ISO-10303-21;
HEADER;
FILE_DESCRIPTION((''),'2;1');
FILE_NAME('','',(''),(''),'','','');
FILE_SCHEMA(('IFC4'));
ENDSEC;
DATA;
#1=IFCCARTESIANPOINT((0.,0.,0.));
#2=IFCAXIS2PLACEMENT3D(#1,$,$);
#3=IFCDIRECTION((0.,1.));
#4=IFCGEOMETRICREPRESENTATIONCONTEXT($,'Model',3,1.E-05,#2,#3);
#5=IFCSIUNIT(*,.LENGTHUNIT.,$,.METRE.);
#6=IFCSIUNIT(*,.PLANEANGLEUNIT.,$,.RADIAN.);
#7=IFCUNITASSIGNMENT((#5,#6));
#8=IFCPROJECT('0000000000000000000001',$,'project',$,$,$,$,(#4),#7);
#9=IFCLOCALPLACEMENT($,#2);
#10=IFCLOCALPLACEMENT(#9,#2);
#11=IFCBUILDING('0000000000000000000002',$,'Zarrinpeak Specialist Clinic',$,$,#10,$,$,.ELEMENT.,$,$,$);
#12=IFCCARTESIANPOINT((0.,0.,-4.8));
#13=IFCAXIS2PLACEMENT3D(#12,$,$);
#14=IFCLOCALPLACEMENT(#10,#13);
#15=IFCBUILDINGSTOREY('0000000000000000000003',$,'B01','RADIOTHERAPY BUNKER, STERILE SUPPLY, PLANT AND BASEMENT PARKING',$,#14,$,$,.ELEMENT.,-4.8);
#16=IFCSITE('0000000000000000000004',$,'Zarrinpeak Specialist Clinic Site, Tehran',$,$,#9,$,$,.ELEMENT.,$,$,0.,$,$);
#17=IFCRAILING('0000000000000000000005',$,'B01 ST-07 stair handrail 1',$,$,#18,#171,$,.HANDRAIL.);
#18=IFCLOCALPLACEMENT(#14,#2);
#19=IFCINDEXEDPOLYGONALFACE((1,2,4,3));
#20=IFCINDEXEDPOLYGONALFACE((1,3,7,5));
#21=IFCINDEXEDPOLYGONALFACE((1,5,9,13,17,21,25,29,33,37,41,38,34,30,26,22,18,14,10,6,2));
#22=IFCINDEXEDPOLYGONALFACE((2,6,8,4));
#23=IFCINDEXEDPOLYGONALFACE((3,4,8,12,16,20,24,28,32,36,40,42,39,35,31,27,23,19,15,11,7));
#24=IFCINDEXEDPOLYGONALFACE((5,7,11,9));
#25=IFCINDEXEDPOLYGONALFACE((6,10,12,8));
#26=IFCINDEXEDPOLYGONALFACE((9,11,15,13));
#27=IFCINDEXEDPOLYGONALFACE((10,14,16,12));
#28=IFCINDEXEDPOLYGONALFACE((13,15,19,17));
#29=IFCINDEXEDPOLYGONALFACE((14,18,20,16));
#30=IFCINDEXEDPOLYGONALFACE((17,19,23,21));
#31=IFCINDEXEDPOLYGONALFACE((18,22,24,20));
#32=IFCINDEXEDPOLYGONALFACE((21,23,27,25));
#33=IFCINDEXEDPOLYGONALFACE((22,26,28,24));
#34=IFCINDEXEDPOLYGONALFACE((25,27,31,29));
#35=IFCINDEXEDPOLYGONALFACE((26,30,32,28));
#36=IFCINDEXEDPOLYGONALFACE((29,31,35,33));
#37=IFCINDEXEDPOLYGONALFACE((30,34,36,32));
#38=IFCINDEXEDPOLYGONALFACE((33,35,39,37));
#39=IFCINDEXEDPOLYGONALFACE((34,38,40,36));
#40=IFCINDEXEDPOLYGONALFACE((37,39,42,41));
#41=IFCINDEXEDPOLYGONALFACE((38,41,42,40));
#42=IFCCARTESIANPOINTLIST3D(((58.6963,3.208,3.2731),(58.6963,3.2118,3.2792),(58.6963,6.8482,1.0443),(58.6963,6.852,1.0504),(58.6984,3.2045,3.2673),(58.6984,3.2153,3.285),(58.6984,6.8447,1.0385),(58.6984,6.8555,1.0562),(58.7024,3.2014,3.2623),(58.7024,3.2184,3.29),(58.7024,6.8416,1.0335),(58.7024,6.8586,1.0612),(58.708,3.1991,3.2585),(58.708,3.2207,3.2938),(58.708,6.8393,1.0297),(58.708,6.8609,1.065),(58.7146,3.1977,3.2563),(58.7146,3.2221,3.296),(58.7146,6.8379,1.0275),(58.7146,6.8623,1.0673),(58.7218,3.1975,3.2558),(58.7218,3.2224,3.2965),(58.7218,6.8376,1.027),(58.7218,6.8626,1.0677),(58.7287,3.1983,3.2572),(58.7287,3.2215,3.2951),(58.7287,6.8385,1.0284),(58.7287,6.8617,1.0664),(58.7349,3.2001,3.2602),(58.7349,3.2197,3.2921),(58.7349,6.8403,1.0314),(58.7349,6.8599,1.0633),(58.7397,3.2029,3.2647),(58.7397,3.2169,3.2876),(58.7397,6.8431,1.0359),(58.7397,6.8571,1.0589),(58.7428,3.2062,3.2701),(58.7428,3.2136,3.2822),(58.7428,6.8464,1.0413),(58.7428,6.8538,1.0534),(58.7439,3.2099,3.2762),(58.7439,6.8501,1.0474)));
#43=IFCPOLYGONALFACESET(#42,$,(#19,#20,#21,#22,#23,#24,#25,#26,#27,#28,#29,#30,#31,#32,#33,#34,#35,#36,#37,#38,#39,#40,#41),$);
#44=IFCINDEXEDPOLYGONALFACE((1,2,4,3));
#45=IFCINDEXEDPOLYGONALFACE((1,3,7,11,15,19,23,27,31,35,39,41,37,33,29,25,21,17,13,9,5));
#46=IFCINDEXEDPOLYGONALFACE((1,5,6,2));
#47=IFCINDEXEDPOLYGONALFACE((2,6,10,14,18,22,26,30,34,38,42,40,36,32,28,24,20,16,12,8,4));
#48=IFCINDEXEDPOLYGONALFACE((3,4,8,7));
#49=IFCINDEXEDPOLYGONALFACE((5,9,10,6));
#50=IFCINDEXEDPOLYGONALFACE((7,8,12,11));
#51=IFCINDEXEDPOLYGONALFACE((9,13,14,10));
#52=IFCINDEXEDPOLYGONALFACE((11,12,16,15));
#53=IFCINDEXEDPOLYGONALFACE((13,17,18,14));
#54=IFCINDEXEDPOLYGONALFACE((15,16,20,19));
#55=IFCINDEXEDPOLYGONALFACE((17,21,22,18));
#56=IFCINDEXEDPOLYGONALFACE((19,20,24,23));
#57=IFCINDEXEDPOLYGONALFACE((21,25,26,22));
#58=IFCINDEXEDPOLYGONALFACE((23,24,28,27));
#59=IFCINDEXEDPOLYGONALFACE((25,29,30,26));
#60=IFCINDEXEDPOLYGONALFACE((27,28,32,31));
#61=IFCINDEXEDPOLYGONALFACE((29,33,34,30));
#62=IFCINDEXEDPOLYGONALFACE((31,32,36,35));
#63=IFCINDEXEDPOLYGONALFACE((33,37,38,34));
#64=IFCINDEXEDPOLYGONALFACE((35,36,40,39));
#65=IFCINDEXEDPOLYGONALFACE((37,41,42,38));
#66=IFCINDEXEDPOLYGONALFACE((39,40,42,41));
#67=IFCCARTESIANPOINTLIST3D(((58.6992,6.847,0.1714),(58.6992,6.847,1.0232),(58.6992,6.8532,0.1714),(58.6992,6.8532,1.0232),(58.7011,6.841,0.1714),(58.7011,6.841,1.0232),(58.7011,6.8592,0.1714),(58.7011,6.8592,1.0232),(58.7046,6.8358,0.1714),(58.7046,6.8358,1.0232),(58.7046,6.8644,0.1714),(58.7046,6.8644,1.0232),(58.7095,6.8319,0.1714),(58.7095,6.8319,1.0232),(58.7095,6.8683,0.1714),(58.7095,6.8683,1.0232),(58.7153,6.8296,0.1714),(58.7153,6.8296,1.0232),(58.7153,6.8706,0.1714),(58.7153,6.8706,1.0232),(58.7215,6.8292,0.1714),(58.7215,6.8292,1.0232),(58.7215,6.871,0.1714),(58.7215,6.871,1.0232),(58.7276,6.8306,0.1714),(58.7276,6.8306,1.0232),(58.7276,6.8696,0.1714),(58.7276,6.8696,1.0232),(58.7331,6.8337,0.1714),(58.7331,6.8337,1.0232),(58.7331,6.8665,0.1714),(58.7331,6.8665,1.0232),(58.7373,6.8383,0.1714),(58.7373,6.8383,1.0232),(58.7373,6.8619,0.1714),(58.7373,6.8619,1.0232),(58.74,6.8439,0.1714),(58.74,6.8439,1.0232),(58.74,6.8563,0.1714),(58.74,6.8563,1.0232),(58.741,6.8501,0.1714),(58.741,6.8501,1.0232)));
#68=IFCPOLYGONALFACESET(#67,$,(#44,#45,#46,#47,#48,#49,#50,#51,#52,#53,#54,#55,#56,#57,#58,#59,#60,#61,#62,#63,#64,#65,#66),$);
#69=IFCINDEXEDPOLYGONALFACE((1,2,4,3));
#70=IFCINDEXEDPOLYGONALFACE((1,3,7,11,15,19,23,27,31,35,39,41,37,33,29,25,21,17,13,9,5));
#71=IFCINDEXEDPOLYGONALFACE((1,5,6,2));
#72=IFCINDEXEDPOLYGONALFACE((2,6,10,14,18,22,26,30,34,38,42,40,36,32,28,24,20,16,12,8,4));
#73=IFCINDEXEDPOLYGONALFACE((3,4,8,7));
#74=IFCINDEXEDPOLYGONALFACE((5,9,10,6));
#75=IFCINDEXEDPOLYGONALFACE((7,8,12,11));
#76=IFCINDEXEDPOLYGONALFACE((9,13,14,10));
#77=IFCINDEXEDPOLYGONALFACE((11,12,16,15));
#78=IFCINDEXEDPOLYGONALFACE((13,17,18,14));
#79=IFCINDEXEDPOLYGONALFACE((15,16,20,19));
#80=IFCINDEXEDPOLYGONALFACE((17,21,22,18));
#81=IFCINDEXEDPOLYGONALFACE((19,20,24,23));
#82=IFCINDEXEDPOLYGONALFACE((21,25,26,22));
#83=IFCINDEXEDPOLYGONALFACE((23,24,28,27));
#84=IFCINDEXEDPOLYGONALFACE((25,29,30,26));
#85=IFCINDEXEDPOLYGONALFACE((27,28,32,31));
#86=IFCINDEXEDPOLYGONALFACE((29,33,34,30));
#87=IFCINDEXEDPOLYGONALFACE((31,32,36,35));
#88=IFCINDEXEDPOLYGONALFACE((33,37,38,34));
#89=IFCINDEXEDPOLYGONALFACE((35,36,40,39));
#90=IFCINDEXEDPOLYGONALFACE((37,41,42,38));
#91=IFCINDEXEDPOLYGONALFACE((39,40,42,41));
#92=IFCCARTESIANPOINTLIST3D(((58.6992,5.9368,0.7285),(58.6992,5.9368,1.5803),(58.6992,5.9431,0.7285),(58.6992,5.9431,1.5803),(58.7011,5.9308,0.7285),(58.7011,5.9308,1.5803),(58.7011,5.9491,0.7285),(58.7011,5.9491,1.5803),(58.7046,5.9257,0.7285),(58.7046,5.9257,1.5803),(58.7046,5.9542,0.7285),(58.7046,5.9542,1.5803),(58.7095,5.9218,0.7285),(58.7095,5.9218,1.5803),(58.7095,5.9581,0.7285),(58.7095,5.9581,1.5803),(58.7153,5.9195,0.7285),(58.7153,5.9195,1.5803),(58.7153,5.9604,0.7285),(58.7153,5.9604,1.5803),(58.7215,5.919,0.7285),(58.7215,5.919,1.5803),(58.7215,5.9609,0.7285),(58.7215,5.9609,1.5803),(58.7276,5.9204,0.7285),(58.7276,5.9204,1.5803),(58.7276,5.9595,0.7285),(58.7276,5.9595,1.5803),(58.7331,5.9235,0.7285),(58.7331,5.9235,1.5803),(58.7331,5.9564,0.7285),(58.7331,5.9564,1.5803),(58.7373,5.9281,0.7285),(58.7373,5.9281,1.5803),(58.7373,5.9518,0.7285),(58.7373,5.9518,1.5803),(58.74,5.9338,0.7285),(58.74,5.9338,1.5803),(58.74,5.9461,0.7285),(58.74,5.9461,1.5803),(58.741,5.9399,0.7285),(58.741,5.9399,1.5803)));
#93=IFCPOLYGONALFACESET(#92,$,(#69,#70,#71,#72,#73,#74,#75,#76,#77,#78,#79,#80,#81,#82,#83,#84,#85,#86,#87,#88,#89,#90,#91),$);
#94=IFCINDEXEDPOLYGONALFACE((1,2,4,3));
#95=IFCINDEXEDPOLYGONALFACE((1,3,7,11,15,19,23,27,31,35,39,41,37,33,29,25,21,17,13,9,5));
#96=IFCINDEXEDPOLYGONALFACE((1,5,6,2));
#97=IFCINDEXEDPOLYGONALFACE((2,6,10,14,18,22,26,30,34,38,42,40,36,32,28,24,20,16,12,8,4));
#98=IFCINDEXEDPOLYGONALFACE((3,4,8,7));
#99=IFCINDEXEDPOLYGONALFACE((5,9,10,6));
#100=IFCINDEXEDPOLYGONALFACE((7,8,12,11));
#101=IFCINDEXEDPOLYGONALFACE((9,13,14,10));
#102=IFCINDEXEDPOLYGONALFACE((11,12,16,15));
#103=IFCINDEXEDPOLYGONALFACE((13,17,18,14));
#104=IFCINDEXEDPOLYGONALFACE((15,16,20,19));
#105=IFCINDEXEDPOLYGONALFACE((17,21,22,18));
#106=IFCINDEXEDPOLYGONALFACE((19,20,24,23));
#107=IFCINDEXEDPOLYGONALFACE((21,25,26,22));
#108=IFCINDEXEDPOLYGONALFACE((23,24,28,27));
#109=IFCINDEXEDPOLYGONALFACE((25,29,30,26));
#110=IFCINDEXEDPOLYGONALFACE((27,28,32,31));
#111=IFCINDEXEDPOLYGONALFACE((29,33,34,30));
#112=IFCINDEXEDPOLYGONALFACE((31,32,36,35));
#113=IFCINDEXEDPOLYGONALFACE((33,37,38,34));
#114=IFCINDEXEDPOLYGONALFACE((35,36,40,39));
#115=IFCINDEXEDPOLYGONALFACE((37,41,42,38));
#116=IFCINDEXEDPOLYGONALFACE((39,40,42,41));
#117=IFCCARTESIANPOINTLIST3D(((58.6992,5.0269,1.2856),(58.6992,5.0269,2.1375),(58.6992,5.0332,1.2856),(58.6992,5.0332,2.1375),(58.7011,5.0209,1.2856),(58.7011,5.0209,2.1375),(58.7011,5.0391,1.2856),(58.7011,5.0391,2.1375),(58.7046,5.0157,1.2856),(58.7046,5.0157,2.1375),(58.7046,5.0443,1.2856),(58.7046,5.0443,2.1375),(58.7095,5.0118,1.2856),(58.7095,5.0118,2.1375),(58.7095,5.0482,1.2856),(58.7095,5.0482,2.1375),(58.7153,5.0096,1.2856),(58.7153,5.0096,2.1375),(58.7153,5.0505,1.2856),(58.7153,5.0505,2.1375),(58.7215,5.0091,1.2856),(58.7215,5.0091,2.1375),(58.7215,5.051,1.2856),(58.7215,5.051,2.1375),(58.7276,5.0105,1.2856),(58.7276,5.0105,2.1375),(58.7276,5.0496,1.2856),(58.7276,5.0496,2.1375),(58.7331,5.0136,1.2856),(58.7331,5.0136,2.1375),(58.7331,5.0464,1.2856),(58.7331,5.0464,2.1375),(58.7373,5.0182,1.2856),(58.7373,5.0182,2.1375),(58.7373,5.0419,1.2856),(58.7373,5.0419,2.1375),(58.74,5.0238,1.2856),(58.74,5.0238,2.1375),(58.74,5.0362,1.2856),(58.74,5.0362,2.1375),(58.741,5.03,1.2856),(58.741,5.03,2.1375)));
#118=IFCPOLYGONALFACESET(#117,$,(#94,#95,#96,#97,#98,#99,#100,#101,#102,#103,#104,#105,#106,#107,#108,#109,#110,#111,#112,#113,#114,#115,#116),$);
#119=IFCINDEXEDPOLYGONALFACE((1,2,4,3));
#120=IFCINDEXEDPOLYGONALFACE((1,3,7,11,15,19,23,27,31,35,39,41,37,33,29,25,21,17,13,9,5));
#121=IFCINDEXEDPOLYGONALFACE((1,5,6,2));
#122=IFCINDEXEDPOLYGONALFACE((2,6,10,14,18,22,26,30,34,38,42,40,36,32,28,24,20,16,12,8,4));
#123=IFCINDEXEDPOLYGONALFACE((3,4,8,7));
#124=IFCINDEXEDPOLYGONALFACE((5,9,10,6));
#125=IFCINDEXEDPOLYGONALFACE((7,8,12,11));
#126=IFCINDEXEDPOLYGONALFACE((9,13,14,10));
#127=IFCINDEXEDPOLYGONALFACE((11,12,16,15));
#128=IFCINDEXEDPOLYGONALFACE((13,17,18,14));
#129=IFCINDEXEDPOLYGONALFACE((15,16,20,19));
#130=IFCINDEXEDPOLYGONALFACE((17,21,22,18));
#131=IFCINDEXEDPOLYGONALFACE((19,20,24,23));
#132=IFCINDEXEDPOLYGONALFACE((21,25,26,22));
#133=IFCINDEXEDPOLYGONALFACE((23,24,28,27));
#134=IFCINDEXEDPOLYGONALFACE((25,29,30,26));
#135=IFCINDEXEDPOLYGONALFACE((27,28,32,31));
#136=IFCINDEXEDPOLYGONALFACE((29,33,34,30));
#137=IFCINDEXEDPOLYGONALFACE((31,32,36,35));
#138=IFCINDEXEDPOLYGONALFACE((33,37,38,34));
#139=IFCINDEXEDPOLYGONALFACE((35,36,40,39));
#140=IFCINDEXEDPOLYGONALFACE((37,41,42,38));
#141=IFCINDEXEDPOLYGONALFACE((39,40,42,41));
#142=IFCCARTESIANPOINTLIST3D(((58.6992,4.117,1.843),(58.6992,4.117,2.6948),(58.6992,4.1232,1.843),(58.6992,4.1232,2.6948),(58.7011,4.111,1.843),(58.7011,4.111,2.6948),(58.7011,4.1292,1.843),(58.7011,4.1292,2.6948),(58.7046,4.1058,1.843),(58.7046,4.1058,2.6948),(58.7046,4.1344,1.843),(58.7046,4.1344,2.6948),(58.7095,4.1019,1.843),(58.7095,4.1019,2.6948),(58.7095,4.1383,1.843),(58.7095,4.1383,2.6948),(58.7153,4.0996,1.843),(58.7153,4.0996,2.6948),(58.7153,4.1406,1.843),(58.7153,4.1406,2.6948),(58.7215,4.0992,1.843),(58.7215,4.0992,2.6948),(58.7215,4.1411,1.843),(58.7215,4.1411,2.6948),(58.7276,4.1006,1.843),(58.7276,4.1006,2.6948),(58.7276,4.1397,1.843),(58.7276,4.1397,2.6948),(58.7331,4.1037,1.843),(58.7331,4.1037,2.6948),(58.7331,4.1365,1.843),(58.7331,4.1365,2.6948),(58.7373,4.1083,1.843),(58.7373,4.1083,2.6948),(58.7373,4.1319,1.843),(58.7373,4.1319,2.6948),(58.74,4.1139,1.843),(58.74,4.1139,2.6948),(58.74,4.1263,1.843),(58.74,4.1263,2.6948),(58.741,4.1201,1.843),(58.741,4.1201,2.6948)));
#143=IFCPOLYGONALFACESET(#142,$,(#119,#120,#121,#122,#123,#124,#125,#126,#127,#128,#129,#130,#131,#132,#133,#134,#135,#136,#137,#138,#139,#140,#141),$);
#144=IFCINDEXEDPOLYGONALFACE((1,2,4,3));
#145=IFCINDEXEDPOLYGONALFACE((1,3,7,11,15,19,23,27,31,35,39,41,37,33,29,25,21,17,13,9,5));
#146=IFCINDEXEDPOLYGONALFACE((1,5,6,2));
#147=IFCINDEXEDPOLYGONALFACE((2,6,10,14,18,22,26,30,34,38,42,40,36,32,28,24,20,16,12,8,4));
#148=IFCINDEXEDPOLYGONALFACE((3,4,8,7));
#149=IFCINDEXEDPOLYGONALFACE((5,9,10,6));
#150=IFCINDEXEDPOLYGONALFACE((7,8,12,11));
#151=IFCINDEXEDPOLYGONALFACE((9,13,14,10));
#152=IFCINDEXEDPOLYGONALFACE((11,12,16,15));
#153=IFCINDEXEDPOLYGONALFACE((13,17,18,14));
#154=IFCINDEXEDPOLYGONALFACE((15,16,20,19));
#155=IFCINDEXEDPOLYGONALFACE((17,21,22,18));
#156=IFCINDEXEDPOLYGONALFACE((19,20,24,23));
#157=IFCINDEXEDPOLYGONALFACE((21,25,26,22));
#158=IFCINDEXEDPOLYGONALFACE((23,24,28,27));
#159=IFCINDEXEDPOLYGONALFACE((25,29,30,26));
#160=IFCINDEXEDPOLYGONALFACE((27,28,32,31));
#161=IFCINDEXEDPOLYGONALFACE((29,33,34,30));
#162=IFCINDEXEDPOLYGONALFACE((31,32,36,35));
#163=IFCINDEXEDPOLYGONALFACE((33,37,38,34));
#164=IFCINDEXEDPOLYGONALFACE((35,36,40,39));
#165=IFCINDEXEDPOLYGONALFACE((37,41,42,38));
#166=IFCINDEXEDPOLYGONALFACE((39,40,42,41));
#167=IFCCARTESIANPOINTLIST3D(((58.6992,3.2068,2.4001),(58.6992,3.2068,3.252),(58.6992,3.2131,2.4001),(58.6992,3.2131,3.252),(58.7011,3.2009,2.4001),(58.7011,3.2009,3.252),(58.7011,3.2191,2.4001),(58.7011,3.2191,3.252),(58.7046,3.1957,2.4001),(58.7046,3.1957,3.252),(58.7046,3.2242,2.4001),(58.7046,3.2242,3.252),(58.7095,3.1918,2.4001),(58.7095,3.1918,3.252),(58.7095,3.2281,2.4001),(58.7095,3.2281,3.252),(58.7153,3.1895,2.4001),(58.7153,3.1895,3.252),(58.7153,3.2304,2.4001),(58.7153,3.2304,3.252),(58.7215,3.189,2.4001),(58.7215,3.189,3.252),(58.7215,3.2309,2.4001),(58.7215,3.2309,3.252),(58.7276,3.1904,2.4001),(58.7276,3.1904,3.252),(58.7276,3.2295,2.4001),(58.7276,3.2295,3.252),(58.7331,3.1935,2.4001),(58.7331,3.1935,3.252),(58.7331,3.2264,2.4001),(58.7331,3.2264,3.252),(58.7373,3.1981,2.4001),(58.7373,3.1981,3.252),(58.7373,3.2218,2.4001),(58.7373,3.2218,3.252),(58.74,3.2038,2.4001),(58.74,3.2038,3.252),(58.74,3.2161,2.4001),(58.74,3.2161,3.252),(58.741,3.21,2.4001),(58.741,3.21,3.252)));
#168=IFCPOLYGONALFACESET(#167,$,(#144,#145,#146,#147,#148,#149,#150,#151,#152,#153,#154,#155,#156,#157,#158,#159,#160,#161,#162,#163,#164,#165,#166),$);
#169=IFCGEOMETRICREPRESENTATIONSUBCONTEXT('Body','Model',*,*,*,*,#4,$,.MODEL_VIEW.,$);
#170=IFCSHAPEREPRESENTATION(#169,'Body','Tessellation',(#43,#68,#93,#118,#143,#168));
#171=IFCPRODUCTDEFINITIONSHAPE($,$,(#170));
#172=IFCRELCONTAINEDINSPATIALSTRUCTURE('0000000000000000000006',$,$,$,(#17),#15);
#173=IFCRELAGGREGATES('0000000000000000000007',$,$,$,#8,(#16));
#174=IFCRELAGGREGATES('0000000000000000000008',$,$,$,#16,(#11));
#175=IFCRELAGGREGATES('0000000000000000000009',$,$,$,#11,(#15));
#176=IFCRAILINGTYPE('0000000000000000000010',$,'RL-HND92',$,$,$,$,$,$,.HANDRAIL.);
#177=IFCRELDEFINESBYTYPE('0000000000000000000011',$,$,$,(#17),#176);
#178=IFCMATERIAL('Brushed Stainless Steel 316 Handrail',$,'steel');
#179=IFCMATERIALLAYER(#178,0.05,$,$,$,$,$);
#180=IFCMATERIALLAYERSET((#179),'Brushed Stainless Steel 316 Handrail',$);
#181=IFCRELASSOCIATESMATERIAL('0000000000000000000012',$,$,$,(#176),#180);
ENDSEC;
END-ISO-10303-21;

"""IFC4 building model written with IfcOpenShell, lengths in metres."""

from ifc_helpers import new_model, si_unit, direction, frame, origin, origin_2d, place, context, subcontext, project, spatial, circle, extrude, material, layer, layer_set, type_object, element, save


model = new_model("IFC4")

# Units and contexts
model_context = context("Model", 3, precision=1e-05, world=origin(), true_north=direction((0.0, 1.0)))
body_context = subcontext(model_context, "Body", "Model", "MODEL_VIEW")
ifc_project = project(units=[si_unit("LENGTHUNIT", "METRE"), si_unit("PLANEANGLEUNIT", "RADIAN")], contexts=[model_context])

# Site, building, storey
site_placement = place(None, origin())
site = spatial("IfcSite", under=ifc_project, at=site_placement, Name="Zarrinpeak Specialist Clinic Site, Tehran", CompositionType="ELEMENT", RefElevation=0.0)
building_placement = place(site_placement, origin())
building = spatial("IfcBuilding", under=site, at=building_placement, Name="Zarrinpeak Specialist Clinic", CompositionType="ELEMENT")
storey_placement = place(building_placement, frame((0.0, 0.0, -4.8)))
storey = spatial("IfcBuildingStorey", under=building, at=storey_placement, Name="B01", Description="RADIOTHERAPY BUNKER, STERILE SUPPLY, PLANT AND BASEMENT PARKING", CompositionType="ELEMENT", Elevation=-4.8)

# Railing
ifc_material_1 = material(Name="Brushed Stainless Steel 316 Handrail", Category="steel")
ifc_layer_1 = layer(ifc_material_1, 0.05)
ifc_layer_set_1 = layer_set([ifc_layer_1], Name="Brushed Stainless Steel 316 Handrail")
railing_type_1 = type_object("IfcRailingType", Name="RL-HND92", PredefinedType="HANDRAIL", material=ifc_layer_set_1)
railing_1_placement = place(storey_placement, frame((58.72, 6.8501, 0.1714)))
element("IfcRailing", 1, at=railing_1_placement, inside=storey, type_object=railing_type_1, Name="B01 ST-07 stair handrail 1", PredefinedType="HANDRAIL", context=body_context, shape_type="SweptSolid", body=[
    extrude(circle(Radius=0.0239, at=origin_2d()), frame((0.0, 0.0, 0.876), z_axis=(0.0, -0.85284, 0.522172), x_axis=(1.0, 0.0, 0.0)), (0.0, 0.0, 1.0), 4.2683),
    extrude(circle(Radius=0.021, at=origin_2d()), origin(), (0.0, 0.0, 1.0), 0.8518),
    extrude(circle(Radius=0.021, at=origin_2d()), frame((0.0, -0.9102, 0.5571)), (0.0, 0.0, 1.0), 0.8518),
    extrude(circle(Radius=0.021, at=origin_2d()), frame((0.0, -1.8201, 1.1143)), (0.0, 0.0, 1.0), 0.8518),
    extrude(circle(Radius=0.021, at=origin_2d()), frame((0.0, -2.73, 1.6716)), (0.0, 0.0, 1.0), 0.8518),
    extrude(circle(Radius=0.021, at=origin_2d()), frame((0.0, -3.6401, 2.2288)), (0.0, 0.0, 1.0), 0.8518),
])

save(model, "model.ifc")
